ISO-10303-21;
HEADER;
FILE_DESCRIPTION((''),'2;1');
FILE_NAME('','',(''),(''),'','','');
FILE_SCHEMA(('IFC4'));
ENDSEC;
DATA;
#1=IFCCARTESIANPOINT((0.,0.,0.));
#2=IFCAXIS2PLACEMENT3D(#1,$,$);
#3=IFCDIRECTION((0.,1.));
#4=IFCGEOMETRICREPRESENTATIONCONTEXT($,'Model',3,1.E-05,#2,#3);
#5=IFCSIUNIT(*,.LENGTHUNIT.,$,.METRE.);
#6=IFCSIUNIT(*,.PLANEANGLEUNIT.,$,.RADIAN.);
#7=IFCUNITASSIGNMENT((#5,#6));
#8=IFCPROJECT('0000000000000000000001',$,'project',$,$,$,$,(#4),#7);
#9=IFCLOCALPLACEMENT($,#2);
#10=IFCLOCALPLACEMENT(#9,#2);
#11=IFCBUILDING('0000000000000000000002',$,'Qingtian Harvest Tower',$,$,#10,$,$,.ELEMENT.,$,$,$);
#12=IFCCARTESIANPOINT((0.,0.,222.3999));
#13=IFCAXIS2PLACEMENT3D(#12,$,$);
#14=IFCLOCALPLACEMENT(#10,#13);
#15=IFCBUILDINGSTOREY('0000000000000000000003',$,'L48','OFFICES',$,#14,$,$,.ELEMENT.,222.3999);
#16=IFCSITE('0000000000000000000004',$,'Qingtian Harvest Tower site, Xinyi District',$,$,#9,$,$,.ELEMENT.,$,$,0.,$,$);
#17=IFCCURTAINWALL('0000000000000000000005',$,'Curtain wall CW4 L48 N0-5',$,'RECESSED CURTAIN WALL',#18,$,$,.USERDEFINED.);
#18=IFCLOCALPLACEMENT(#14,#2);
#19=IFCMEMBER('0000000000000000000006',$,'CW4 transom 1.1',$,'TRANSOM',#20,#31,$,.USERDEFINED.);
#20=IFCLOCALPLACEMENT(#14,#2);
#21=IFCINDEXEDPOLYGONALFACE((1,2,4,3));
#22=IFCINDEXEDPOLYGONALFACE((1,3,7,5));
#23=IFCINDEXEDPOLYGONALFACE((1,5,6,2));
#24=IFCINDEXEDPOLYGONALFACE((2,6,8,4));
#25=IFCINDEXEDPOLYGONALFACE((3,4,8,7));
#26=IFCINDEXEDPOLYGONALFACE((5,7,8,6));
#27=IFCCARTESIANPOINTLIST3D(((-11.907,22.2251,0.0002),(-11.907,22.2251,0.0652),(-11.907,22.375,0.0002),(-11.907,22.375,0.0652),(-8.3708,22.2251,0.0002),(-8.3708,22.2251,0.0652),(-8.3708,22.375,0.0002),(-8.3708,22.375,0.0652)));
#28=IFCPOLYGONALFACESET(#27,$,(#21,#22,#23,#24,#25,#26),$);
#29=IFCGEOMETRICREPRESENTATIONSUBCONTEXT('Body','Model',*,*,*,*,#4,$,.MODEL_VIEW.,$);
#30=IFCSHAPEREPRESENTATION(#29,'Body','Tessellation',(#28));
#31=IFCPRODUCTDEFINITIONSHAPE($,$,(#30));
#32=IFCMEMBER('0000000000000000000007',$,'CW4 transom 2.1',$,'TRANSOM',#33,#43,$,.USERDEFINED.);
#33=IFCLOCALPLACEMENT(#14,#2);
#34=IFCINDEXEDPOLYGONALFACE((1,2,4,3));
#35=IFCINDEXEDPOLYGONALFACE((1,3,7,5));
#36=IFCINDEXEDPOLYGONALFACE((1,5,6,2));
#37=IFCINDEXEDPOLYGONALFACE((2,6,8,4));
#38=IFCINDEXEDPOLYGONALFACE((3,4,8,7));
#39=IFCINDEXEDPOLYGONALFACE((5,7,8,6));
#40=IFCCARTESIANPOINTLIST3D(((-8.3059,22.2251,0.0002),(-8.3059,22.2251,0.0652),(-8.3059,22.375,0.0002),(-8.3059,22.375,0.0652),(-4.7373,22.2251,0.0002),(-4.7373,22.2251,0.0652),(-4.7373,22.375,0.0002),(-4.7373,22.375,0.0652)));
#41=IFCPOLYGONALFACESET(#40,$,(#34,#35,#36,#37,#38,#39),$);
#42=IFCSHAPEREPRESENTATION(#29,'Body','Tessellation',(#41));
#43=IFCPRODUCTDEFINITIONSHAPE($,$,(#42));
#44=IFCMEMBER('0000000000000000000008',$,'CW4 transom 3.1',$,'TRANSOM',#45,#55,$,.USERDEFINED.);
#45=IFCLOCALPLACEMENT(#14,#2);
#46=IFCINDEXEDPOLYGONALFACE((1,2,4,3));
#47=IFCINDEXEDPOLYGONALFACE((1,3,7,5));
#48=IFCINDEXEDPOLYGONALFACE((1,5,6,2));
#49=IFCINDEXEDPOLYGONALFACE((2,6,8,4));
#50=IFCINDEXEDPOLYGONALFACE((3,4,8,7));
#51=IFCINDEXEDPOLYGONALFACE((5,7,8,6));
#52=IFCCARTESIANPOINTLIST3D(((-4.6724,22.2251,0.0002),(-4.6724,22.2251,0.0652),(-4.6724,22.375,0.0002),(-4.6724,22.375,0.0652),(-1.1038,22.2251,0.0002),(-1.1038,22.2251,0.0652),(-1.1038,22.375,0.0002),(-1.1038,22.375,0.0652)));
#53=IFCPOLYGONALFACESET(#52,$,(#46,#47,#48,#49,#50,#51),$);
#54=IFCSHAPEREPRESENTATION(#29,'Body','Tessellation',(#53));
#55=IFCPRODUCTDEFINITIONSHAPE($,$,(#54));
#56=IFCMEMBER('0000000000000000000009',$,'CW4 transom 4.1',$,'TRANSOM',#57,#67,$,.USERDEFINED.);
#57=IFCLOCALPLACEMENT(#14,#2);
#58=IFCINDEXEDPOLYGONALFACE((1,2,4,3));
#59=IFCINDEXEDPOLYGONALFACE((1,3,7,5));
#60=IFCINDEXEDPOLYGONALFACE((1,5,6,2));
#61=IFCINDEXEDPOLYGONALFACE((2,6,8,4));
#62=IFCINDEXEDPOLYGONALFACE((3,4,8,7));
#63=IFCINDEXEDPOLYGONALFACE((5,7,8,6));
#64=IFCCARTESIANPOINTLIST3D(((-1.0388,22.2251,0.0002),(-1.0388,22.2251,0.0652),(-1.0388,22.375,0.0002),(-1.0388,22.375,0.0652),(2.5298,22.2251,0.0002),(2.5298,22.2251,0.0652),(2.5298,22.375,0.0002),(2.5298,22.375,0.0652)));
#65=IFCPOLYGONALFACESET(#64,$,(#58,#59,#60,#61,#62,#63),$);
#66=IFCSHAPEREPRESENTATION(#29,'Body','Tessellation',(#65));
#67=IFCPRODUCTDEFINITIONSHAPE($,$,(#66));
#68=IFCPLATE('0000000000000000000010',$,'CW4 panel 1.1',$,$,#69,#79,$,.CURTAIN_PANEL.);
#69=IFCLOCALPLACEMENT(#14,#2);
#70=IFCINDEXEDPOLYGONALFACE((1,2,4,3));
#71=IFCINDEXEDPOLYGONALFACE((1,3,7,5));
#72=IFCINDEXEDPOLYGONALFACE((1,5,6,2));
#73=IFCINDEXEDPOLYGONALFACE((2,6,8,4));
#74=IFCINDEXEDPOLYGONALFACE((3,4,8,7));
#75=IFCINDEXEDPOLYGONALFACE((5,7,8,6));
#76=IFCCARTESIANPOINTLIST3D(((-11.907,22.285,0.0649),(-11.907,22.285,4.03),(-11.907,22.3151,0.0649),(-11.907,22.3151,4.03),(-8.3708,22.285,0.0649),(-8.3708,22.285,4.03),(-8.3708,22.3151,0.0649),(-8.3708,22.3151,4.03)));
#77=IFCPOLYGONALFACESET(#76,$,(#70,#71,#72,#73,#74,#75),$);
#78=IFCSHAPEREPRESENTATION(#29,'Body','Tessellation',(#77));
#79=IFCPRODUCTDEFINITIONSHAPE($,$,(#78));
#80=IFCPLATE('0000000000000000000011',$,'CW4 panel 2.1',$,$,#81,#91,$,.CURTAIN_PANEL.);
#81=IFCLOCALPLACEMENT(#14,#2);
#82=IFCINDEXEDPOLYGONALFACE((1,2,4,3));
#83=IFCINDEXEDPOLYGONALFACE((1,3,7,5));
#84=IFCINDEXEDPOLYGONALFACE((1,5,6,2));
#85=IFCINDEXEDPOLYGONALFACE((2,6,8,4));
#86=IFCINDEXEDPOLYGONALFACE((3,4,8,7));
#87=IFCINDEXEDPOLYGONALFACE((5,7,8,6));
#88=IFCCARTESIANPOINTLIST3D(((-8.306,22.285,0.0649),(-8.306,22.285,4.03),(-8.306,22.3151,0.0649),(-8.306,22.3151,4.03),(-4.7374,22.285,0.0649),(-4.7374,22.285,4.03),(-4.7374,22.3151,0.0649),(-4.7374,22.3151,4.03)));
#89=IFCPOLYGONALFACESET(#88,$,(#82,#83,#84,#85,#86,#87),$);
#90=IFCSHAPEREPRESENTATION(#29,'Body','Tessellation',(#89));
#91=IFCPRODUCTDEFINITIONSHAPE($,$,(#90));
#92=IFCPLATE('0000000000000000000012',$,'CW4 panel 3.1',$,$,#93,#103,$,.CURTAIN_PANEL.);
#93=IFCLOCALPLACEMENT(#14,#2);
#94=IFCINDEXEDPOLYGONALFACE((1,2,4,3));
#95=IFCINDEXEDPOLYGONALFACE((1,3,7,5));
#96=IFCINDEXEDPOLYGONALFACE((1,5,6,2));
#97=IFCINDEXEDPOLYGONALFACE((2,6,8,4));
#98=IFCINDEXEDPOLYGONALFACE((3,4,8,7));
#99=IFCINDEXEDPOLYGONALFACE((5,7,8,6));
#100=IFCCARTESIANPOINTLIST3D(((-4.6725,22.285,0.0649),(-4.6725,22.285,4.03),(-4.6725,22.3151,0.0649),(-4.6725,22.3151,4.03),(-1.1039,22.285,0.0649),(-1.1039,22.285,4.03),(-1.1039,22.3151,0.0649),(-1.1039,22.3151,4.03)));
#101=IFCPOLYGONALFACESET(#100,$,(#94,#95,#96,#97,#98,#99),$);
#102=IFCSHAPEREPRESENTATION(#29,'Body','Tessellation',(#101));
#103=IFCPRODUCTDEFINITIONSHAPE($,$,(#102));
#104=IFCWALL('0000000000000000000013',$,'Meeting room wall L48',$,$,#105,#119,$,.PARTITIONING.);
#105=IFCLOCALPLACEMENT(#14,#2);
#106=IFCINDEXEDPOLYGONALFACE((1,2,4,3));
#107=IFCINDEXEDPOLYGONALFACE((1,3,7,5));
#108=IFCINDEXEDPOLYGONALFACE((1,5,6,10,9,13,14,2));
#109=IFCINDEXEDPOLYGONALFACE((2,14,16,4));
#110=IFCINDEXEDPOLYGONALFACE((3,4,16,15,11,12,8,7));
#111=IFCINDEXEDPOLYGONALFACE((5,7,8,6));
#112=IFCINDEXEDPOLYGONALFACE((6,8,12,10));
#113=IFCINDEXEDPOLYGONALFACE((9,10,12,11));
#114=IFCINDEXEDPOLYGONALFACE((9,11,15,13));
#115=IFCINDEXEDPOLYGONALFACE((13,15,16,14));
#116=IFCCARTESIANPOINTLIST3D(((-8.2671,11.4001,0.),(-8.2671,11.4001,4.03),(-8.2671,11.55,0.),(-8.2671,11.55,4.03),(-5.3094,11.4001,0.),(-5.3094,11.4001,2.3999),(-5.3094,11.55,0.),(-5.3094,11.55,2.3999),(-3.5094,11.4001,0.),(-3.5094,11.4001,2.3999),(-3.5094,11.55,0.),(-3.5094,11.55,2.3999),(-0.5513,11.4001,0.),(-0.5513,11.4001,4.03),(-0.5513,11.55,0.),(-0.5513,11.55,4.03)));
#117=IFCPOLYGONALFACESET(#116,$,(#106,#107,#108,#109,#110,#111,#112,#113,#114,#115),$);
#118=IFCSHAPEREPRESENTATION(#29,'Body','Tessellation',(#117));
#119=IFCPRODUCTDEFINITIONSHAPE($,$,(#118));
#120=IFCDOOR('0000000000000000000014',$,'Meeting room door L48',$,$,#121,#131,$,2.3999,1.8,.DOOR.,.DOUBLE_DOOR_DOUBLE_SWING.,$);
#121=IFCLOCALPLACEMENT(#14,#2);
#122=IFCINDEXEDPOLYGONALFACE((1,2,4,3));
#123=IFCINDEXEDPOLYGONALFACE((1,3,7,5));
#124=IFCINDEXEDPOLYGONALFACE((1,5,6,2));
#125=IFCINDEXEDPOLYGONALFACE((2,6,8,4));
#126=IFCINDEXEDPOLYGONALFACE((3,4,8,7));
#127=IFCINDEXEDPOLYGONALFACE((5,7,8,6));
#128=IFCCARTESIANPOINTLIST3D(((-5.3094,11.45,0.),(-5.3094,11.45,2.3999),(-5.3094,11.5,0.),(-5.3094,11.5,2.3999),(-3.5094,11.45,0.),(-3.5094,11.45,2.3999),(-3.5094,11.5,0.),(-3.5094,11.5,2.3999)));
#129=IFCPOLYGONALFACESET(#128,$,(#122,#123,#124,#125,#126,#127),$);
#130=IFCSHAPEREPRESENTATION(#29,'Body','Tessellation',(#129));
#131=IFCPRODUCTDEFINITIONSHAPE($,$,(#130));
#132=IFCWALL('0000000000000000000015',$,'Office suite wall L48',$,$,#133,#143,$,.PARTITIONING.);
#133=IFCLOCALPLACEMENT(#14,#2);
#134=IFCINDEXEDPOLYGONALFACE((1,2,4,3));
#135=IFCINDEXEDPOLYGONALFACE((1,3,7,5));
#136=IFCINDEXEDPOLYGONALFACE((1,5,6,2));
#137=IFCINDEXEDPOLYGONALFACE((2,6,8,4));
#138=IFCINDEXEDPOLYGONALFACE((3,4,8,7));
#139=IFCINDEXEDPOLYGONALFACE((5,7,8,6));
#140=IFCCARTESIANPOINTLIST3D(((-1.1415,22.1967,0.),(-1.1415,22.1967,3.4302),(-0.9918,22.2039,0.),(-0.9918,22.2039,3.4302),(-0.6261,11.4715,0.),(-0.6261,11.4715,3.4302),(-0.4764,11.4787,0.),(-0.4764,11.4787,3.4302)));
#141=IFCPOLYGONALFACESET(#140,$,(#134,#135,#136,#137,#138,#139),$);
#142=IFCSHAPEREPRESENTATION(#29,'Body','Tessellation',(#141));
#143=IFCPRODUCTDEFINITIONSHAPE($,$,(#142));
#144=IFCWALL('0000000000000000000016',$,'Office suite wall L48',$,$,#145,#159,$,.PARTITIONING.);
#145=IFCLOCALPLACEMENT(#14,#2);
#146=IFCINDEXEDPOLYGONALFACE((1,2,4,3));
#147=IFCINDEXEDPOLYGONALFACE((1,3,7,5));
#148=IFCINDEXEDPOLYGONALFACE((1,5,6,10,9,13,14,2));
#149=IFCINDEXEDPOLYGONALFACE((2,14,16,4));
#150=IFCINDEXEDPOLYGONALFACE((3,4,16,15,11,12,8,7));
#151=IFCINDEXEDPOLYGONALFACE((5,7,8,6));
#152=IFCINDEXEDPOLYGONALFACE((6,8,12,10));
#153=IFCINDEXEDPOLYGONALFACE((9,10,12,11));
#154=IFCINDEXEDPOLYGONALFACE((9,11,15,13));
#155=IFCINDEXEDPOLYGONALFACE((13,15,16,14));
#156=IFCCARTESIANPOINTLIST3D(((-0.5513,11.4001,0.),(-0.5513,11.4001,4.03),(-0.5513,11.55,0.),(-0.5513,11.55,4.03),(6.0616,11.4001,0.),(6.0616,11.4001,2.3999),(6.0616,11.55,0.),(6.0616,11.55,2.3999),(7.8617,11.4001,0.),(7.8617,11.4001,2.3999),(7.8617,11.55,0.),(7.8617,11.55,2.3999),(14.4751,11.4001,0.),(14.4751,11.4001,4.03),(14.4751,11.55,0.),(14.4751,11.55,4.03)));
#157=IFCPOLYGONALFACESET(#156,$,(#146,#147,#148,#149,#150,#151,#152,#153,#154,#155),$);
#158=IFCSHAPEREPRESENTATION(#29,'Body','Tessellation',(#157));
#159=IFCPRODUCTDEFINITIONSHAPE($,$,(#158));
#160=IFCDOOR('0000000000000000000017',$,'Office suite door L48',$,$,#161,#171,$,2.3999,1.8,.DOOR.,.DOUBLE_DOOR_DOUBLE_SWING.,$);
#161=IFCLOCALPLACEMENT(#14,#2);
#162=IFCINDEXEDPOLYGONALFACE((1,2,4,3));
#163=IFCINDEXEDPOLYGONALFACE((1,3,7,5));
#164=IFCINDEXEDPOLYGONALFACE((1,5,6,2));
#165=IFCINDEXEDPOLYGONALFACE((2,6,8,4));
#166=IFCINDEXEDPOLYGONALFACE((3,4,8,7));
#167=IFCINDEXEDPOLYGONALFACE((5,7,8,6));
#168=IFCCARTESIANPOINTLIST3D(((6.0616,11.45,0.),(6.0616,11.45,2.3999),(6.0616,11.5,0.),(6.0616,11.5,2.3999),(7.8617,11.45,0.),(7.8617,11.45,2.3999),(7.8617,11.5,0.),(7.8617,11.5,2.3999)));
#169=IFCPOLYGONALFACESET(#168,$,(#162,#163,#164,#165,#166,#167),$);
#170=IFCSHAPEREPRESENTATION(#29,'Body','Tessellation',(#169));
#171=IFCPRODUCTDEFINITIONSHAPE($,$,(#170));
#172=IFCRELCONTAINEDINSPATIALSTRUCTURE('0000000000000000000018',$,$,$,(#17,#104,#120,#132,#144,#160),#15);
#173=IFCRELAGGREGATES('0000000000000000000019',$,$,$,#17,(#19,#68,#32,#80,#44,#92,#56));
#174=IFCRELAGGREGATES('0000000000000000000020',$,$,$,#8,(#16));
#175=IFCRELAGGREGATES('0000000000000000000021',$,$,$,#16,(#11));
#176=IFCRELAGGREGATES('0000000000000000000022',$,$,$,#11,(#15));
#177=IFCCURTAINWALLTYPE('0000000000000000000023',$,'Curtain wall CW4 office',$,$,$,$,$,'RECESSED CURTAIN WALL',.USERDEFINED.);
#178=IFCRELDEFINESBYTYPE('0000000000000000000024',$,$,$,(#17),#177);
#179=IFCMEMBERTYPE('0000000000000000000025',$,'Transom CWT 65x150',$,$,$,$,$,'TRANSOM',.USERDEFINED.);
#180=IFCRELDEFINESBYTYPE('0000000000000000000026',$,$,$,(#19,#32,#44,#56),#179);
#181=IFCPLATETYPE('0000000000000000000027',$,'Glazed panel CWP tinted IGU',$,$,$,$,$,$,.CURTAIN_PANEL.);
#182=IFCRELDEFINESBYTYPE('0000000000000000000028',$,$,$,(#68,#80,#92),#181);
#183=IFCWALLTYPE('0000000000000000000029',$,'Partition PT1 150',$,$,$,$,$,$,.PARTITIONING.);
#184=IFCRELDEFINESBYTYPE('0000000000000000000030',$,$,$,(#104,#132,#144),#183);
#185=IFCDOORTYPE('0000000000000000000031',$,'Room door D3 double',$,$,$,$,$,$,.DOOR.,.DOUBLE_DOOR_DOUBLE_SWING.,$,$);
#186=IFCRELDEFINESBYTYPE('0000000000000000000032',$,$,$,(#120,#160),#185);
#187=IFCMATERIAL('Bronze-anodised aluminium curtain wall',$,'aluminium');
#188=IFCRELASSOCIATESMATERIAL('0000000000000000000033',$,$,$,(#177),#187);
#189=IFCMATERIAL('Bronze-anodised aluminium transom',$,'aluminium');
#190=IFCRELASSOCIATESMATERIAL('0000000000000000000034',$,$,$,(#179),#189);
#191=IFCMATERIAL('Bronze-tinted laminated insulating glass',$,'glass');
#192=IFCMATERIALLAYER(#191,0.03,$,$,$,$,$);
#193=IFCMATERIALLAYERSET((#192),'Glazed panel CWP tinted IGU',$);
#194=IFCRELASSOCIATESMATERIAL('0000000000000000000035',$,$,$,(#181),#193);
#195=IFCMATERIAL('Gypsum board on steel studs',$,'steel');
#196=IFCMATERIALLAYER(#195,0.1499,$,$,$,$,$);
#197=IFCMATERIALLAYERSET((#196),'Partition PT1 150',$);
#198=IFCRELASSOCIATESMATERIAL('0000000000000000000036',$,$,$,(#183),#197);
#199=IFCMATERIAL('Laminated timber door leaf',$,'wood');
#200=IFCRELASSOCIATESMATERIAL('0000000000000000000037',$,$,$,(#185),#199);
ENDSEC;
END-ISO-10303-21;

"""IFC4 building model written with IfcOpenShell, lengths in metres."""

from ifc_helpers import new_model, si_unit, direction, frame, frame_2d, origin, origin_2d, place, context, subcontext, project, spatial, rectangle, extrude, material, layer, layer_set, material_profile, profile_set, type_object, element, fill, aggregate, save


model = new_model("IFC4")

# Units and contexts
model_context = context("Model", 3, precision=1e-05, world=origin(), true_north=direction((0.0, 1.0)))
body_context = subcontext(model_context, "Body", "Model", "MODEL_VIEW")
ifc_project = project(units=[si_unit("LENGTHUNIT", "METRE"), si_unit("PLANEANGLEUNIT", "RADIAN")], contexts=[model_context])

# Site, building, storey
site_placement = place(None, origin())
site = spatial("IfcSite", under=ifc_project, at=site_placement, Name="Qingtian Harvest Tower site, Xinyi District", CompositionType="ELEMENT", RefElevation=0.0)
building_placement = place(site_placement, origin())
building = spatial("IfcBuilding", under=site, at=building_placement, Name="Qingtian Harvest Tower", CompositionType="ELEMENT")
storey_placement = place(building_placement, frame((0.0, 0.0, 222.3999)))
storey = spatial("IfcBuildingStorey", under=building, at=storey_placement, Name="L48", Description="OFFICES", CompositionType="ELEMENT", Elevation=222.3999)

# Curtain wall
ifc_material_1 = material(Name="Bronze-anodised aluminium curtain wall", Category="aluminium")
curtain_wall_type = type_object("IfcCurtainWallType", Name="Curtain wall CW4 office", ElementType="RECESSED CURTAIN WALL", PredefinedType="USERDEFINED", material=ifc_material_1)
curtain_wall_1_placement = place(storey_placement, origin())
curtain_wall_1 = element("IfcCurtainWall", 1, at=curtain_wall_1_placement, inside=storey, type_object=curtain_wall_type, Name="Curtain wall CW4 L48 N0-5", ObjectType="RECESSED CURTAIN WALL", PredefinedType="USERDEFINED")

# Members
ifc_material_2 = material(Name="Bronze-anodised aluminium transom", Category="aluminium")
ifc_material_profile_1 = material_profile(ifc_material_2, rectangle(XDim=0.1499, YDim=0.0649, at=origin_2d()), Name="AL 65x150")
ifc_profile_set_1 = profile_set([ifc_material_profile_1], Name="Bronze-anodised aluminium transom")
member_type_1 = type_object("IfcMemberType", Name="Transom CWT 65x150", ElementType="TRANSOM", PredefinedType="USERDEFINED", material=ifc_profile_set_1)
member_1_placement = place(storey_placement, frame((-11.907, 22.3, 0.0327), z_axis=(1.0, 0.0, 0.0), x_axis=(0.0, 1.0, 0.0)))
member_1 = element("IfcMember", 2, at=member_1_placement, type_object=member_type_1, Name="CW4 transom 1.1", ObjectType="TRANSOM", PredefinedType="USERDEFINED", context=body_context, shape_type="SweptSolid", body=[
    extrude(rectangle(XDim=0.1499, YDim=0.0649, at=origin_2d()), origin(), (0.0, 0.0, 1.0), 3.5361),
])
member_2_placement = place(storey_placement, frame((-8.3059, 22.3, 0.0327), z_axis=(1.0, 0.0, 0.0), x_axis=(0.0, 1.0, 0.0)))
member_2 = element("IfcMember", 3, at=member_2_placement, type_object=member_type_1, Name="CW4 transom 2.1", ObjectType="TRANSOM", PredefinedType="USERDEFINED", context=body_context, shape_type="SweptSolid", body=[
    extrude(rectangle(XDim=0.1499, YDim=0.0649, at=origin_2d()), origin(), (0.0, 0.0, 1.0), 3.5686),
])
member_3_placement = place(storey_placement, frame((-4.6724, 22.3, 0.0327), z_axis=(1.0, 0.0, 0.0), x_axis=(0.0, 1.0, 0.0)))
member_3 = element("IfcMember", 4, at=member_3_placement, type_object=member_type_1, Name="CW4 transom 3.1", ObjectType="TRANSOM", PredefinedType="USERDEFINED", context=body_context, shape_type="SweptSolid", body=[
    extrude(rectangle(XDim=0.1499, YDim=0.0649, at=origin_2d()), origin(), (0.0, 0.0, 1.0), 3.5686),
])
member_4_placement = place(storey_placement, frame((-1.0388, 22.3, 0.0327), z_axis=(1.0, 0.0, 0.0), x_axis=(0.0, 1.0, 0.0)))
member_4 = element("IfcMember", 5, at=member_4_placement, type_object=member_type_1, Name="CW4 transom 4.1", ObjectType="TRANSOM", PredefinedType="USERDEFINED", context=body_context, shape_type="SweptSolid", body=[
    extrude(rectangle(XDim=0.1499, YDim=0.0649, at=origin_2d()), origin(), (0.0, 0.0, 1.0), 3.5686),
])

# Plates
ifc_material_3 = material(Name="Bronze-tinted laminated insulating glass", Category="glass")
ifc_layer_1 = layer(ifc_material_3, 0.03)
ifc_layer_set_1 = layer_set([ifc_layer_1], Name="Glazed panel CWP tinted IGU")
plate_type = type_object("IfcPlateType", Name="Glazed panel CWP tinted IGU", PredefinedType="CURTAIN_PANEL", material=ifc_layer_set_1)
plate_1_placement = place(storey_placement, frame((-10.1389, 22.3, 0.0649), z_axis=(0.0, 0.0, 1.0), x_axis=(1.0, 0.0, 0.0)))
plate_1 = element("IfcPlate", 6, at=plate_1_placement, type_object=plate_type, Name="CW4 panel 1.1", PredefinedType="CURTAIN_PANEL", context=body_context, shape_type="SweptSolid", body=[
    extrude(rectangle(XDim=3.5361, YDim=0.03, at=origin_2d()), origin(), (0.0, 0.0, 1.0), 3.9651),
])
plate_2_placement = place(storey_placement, frame((-6.5217, 22.3, 0.0649), z_axis=(0.0, 0.0, 1.0), x_axis=(1.0, 0.0, 0.0)))
plate_2 = element("IfcPlate", 7, at=plate_2_placement, type_object=plate_type, Name="CW4 panel 2.1", PredefinedType="CURTAIN_PANEL", context=body_context, shape_type="SweptSolid", body=[
    extrude(rectangle(XDim=3.5686, YDim=0.03, at=origin_2d()), origin(), (0.0, 0.0, 1.0), 3.9651),
])
plate_3_placement = place(storey_placement, frame((-2.8882, 22.3, 0.0649), z_axis=(0.0, 0.0, 1.0), x_axis=(1.0, 0.0, 0.0)))
plate_3 = element("IfcPlate", 8, at=plate_3_placement, type_object=plate_type, Name="CW4 panel 3.1", PredefinedType="CURTAIN_PANEL", context=body_context, shape_type="SweptSolid", body=[
    extrude(rectangle(XDim=3.5686, YDim=0.03, at=origin_2d()), origin(), (0.0, 0.0, 1.0), 3.9651),
])
aggregate(curtain_wall_1, [member_1, plate_1, member_2, plate_2, member_3, plate_3, member_4])

# Wall, opening, door
ifc_material_4 = material(Name="Gypsum board on steel studs", Category="steel")
ifc_layer_2 = layer(ifc_material_4, 0.1499)
ifc_layer_set_2 = layer_set([ifc_layer_2], Name="Partition PT1 150")
wall_type = type_object("IfcWallType", Name="Partition PT1 150", PredefinedType="PARTITIONING", material=ifc_layer_set_2)
wall_1_placement = place(storey_placement, frame((-8.2671, 11.4751, 0.0), z_axis=(0.0, 0.0, 1.0), x_axis=(1.0, 0.0, 0.0)))
wall_1 = element("IfcWall", 9, at=wall_1_placement, inside=storey, type_object=wall_type, Name="Meeting room wall L48", PredefinedType="PARTITIONING", context=body_context, shape_type="SweptSolid", body=[
    extrude(rectangle(XDim=7.7158, YDim=0.1499, at=frame_2d((3.8579, 0.0))), origin(), (0.0, 0.0, 1.0), 4.03),
])
opening_1_placement = place(wall_1_placement, frame((2.9578, 0.0, 0.0)))
opening_1 = element("IfcOpeningElement", 10, at=opening_1_placement, cuts=wall_1, PredefinedType="OPENING", context=body_context, shape_type="SweptSolid", body=[
    extrude(rectangle(XDim=1.8, YDim=2.3999, at=frame_2d((0.8999, 1.2))), frame((0.0, 0.085, 0.0), z_axis=(0.0, -1.0, 0.0), x_axis=(1.0, 0.0, 0.0)), (0.0, 0.0, 1.0), 0.1699),
])
ifc_material_5 = material(Name="Laminated timber door leaf", Category="wood")
door_type = type_object("IfcDoorType", Name="Room door D3 double", OperationType="DOUBLE_DOOR_DOUBLE_SWING", PredefinedType="DOOR", material=ifc_material_5)
door_1_placement = place(opening_1_placement, origin())
door_1 = element("IfcDoor", 11, at=door_1_placement, inside=storey, type_object=door_type, Name="Meeting room door L48", OperationType="DOUBLE_DOOR_DOUBLE_SWING", OverallHeight=2.3999, OverallWidth=1.8, PredefinedType="DOOR", context=body_context, shape_type="SweptSolid", body=[
    extrude(rectangle(XDim=1.8, YDim=2.3999, at=frame_2d((0.8999, 1.2))), frame((0.0, 0.0249, 0.0), z_axis=(0.0, -1.0, 0.0), x_axis=(1.0, 0.0, 0.0)), (0.0, 0.0, 1.0), 0.05),
])
fill(opening_1, door_1)

# Wall
wall_2_placement = place(storey_placement, frame((-1.0667, 22.2002, 0.0), z_axis=(0.0, 0.0, 1.0), x_axis=(0.047998, -0.998847, 0.0)))
element("IfcWall", 12, at=wall_2_placement, inside=storey, type_object=wall_type, Name="Office suite wall L48", PredefinedType="PARTITIONING", context=body_context, shape_type="SweptSolid", body=[
    extrude(rectangle(XDim=10.7375, YDim=0.1499, at=frame_2d((5.3687, 0.0))), origin(), (0.0, 0.0, 1.0), 3.4302),
])

# Wall, opening, door
wall_3_placement = place(storey_placement, frame((-0.5513, 11.4751, 0.0), z_axis=(0.0, 0.0, 1.0), x_axis=(1.0, 0.0, 0.0)))
wall_3 = element("IfcWall", 13, at=wall_3_placement, inside=storey, type_object=wall_type, Name="Office suite wall L48", PredefinedType="PARTITIONING", context=body_context, shape_type="SweptSolid", body=[
    extrude(rectangle(XDim=15.0264, YDim=0.1499, at=frame_2d((7.5132, 0.0))), origin(), (0.0, 0.0, 1.0), 4.03),
])
opening_2_placement = place(wall_3_placement, frame((6.613, 0.0, 0.0)))
opening_2 = element("IfcOpeningElement", 14, at=opening_2_placement, cuts=wall_3, PredefinedType="OPENING", context=body_context, shape_type="SweptSolid", body=[
    extrude(rectangle(XDim=1.8, YDim=2.3999, at=frame_2d((0.8999, 1.2))), frame((0.0, 0.085, 0.0), z_axis=(0.0, -1.0, 0.0), x_axis=(1.0, 0.0, 0.0)), (0.0, 0.0, 1.0), 0.1699),
])
door_2_placement = place(opening_2_placement, origin())
door_2 = element("IfcDoor", 15, at=door_2_placement, inside=storey, type_object=door_type, Name="Office suite door L48", OperationType="DOUBLE_DOOR_DOUBLE_SWING", OverallHeight=2.3999, OverallWidth=1.8, PredefinedType="DOOR", context=body_context, shape_type="SweptSolid", body=[
    extrude(rectangle(XDim=1.8, YDim=2.3999, at=frame_2d((0.8999, 1.2))), frame((0.0, 0.0249, 0.0), z_axis=(0.0, -1.0, 0.0), x_axis=(1.0, 0.0, 0.0)), (0.0, 0.0, 1.0), 0.05),
])
fill(opening_2, door_2)

save(model, "model.ifc")
